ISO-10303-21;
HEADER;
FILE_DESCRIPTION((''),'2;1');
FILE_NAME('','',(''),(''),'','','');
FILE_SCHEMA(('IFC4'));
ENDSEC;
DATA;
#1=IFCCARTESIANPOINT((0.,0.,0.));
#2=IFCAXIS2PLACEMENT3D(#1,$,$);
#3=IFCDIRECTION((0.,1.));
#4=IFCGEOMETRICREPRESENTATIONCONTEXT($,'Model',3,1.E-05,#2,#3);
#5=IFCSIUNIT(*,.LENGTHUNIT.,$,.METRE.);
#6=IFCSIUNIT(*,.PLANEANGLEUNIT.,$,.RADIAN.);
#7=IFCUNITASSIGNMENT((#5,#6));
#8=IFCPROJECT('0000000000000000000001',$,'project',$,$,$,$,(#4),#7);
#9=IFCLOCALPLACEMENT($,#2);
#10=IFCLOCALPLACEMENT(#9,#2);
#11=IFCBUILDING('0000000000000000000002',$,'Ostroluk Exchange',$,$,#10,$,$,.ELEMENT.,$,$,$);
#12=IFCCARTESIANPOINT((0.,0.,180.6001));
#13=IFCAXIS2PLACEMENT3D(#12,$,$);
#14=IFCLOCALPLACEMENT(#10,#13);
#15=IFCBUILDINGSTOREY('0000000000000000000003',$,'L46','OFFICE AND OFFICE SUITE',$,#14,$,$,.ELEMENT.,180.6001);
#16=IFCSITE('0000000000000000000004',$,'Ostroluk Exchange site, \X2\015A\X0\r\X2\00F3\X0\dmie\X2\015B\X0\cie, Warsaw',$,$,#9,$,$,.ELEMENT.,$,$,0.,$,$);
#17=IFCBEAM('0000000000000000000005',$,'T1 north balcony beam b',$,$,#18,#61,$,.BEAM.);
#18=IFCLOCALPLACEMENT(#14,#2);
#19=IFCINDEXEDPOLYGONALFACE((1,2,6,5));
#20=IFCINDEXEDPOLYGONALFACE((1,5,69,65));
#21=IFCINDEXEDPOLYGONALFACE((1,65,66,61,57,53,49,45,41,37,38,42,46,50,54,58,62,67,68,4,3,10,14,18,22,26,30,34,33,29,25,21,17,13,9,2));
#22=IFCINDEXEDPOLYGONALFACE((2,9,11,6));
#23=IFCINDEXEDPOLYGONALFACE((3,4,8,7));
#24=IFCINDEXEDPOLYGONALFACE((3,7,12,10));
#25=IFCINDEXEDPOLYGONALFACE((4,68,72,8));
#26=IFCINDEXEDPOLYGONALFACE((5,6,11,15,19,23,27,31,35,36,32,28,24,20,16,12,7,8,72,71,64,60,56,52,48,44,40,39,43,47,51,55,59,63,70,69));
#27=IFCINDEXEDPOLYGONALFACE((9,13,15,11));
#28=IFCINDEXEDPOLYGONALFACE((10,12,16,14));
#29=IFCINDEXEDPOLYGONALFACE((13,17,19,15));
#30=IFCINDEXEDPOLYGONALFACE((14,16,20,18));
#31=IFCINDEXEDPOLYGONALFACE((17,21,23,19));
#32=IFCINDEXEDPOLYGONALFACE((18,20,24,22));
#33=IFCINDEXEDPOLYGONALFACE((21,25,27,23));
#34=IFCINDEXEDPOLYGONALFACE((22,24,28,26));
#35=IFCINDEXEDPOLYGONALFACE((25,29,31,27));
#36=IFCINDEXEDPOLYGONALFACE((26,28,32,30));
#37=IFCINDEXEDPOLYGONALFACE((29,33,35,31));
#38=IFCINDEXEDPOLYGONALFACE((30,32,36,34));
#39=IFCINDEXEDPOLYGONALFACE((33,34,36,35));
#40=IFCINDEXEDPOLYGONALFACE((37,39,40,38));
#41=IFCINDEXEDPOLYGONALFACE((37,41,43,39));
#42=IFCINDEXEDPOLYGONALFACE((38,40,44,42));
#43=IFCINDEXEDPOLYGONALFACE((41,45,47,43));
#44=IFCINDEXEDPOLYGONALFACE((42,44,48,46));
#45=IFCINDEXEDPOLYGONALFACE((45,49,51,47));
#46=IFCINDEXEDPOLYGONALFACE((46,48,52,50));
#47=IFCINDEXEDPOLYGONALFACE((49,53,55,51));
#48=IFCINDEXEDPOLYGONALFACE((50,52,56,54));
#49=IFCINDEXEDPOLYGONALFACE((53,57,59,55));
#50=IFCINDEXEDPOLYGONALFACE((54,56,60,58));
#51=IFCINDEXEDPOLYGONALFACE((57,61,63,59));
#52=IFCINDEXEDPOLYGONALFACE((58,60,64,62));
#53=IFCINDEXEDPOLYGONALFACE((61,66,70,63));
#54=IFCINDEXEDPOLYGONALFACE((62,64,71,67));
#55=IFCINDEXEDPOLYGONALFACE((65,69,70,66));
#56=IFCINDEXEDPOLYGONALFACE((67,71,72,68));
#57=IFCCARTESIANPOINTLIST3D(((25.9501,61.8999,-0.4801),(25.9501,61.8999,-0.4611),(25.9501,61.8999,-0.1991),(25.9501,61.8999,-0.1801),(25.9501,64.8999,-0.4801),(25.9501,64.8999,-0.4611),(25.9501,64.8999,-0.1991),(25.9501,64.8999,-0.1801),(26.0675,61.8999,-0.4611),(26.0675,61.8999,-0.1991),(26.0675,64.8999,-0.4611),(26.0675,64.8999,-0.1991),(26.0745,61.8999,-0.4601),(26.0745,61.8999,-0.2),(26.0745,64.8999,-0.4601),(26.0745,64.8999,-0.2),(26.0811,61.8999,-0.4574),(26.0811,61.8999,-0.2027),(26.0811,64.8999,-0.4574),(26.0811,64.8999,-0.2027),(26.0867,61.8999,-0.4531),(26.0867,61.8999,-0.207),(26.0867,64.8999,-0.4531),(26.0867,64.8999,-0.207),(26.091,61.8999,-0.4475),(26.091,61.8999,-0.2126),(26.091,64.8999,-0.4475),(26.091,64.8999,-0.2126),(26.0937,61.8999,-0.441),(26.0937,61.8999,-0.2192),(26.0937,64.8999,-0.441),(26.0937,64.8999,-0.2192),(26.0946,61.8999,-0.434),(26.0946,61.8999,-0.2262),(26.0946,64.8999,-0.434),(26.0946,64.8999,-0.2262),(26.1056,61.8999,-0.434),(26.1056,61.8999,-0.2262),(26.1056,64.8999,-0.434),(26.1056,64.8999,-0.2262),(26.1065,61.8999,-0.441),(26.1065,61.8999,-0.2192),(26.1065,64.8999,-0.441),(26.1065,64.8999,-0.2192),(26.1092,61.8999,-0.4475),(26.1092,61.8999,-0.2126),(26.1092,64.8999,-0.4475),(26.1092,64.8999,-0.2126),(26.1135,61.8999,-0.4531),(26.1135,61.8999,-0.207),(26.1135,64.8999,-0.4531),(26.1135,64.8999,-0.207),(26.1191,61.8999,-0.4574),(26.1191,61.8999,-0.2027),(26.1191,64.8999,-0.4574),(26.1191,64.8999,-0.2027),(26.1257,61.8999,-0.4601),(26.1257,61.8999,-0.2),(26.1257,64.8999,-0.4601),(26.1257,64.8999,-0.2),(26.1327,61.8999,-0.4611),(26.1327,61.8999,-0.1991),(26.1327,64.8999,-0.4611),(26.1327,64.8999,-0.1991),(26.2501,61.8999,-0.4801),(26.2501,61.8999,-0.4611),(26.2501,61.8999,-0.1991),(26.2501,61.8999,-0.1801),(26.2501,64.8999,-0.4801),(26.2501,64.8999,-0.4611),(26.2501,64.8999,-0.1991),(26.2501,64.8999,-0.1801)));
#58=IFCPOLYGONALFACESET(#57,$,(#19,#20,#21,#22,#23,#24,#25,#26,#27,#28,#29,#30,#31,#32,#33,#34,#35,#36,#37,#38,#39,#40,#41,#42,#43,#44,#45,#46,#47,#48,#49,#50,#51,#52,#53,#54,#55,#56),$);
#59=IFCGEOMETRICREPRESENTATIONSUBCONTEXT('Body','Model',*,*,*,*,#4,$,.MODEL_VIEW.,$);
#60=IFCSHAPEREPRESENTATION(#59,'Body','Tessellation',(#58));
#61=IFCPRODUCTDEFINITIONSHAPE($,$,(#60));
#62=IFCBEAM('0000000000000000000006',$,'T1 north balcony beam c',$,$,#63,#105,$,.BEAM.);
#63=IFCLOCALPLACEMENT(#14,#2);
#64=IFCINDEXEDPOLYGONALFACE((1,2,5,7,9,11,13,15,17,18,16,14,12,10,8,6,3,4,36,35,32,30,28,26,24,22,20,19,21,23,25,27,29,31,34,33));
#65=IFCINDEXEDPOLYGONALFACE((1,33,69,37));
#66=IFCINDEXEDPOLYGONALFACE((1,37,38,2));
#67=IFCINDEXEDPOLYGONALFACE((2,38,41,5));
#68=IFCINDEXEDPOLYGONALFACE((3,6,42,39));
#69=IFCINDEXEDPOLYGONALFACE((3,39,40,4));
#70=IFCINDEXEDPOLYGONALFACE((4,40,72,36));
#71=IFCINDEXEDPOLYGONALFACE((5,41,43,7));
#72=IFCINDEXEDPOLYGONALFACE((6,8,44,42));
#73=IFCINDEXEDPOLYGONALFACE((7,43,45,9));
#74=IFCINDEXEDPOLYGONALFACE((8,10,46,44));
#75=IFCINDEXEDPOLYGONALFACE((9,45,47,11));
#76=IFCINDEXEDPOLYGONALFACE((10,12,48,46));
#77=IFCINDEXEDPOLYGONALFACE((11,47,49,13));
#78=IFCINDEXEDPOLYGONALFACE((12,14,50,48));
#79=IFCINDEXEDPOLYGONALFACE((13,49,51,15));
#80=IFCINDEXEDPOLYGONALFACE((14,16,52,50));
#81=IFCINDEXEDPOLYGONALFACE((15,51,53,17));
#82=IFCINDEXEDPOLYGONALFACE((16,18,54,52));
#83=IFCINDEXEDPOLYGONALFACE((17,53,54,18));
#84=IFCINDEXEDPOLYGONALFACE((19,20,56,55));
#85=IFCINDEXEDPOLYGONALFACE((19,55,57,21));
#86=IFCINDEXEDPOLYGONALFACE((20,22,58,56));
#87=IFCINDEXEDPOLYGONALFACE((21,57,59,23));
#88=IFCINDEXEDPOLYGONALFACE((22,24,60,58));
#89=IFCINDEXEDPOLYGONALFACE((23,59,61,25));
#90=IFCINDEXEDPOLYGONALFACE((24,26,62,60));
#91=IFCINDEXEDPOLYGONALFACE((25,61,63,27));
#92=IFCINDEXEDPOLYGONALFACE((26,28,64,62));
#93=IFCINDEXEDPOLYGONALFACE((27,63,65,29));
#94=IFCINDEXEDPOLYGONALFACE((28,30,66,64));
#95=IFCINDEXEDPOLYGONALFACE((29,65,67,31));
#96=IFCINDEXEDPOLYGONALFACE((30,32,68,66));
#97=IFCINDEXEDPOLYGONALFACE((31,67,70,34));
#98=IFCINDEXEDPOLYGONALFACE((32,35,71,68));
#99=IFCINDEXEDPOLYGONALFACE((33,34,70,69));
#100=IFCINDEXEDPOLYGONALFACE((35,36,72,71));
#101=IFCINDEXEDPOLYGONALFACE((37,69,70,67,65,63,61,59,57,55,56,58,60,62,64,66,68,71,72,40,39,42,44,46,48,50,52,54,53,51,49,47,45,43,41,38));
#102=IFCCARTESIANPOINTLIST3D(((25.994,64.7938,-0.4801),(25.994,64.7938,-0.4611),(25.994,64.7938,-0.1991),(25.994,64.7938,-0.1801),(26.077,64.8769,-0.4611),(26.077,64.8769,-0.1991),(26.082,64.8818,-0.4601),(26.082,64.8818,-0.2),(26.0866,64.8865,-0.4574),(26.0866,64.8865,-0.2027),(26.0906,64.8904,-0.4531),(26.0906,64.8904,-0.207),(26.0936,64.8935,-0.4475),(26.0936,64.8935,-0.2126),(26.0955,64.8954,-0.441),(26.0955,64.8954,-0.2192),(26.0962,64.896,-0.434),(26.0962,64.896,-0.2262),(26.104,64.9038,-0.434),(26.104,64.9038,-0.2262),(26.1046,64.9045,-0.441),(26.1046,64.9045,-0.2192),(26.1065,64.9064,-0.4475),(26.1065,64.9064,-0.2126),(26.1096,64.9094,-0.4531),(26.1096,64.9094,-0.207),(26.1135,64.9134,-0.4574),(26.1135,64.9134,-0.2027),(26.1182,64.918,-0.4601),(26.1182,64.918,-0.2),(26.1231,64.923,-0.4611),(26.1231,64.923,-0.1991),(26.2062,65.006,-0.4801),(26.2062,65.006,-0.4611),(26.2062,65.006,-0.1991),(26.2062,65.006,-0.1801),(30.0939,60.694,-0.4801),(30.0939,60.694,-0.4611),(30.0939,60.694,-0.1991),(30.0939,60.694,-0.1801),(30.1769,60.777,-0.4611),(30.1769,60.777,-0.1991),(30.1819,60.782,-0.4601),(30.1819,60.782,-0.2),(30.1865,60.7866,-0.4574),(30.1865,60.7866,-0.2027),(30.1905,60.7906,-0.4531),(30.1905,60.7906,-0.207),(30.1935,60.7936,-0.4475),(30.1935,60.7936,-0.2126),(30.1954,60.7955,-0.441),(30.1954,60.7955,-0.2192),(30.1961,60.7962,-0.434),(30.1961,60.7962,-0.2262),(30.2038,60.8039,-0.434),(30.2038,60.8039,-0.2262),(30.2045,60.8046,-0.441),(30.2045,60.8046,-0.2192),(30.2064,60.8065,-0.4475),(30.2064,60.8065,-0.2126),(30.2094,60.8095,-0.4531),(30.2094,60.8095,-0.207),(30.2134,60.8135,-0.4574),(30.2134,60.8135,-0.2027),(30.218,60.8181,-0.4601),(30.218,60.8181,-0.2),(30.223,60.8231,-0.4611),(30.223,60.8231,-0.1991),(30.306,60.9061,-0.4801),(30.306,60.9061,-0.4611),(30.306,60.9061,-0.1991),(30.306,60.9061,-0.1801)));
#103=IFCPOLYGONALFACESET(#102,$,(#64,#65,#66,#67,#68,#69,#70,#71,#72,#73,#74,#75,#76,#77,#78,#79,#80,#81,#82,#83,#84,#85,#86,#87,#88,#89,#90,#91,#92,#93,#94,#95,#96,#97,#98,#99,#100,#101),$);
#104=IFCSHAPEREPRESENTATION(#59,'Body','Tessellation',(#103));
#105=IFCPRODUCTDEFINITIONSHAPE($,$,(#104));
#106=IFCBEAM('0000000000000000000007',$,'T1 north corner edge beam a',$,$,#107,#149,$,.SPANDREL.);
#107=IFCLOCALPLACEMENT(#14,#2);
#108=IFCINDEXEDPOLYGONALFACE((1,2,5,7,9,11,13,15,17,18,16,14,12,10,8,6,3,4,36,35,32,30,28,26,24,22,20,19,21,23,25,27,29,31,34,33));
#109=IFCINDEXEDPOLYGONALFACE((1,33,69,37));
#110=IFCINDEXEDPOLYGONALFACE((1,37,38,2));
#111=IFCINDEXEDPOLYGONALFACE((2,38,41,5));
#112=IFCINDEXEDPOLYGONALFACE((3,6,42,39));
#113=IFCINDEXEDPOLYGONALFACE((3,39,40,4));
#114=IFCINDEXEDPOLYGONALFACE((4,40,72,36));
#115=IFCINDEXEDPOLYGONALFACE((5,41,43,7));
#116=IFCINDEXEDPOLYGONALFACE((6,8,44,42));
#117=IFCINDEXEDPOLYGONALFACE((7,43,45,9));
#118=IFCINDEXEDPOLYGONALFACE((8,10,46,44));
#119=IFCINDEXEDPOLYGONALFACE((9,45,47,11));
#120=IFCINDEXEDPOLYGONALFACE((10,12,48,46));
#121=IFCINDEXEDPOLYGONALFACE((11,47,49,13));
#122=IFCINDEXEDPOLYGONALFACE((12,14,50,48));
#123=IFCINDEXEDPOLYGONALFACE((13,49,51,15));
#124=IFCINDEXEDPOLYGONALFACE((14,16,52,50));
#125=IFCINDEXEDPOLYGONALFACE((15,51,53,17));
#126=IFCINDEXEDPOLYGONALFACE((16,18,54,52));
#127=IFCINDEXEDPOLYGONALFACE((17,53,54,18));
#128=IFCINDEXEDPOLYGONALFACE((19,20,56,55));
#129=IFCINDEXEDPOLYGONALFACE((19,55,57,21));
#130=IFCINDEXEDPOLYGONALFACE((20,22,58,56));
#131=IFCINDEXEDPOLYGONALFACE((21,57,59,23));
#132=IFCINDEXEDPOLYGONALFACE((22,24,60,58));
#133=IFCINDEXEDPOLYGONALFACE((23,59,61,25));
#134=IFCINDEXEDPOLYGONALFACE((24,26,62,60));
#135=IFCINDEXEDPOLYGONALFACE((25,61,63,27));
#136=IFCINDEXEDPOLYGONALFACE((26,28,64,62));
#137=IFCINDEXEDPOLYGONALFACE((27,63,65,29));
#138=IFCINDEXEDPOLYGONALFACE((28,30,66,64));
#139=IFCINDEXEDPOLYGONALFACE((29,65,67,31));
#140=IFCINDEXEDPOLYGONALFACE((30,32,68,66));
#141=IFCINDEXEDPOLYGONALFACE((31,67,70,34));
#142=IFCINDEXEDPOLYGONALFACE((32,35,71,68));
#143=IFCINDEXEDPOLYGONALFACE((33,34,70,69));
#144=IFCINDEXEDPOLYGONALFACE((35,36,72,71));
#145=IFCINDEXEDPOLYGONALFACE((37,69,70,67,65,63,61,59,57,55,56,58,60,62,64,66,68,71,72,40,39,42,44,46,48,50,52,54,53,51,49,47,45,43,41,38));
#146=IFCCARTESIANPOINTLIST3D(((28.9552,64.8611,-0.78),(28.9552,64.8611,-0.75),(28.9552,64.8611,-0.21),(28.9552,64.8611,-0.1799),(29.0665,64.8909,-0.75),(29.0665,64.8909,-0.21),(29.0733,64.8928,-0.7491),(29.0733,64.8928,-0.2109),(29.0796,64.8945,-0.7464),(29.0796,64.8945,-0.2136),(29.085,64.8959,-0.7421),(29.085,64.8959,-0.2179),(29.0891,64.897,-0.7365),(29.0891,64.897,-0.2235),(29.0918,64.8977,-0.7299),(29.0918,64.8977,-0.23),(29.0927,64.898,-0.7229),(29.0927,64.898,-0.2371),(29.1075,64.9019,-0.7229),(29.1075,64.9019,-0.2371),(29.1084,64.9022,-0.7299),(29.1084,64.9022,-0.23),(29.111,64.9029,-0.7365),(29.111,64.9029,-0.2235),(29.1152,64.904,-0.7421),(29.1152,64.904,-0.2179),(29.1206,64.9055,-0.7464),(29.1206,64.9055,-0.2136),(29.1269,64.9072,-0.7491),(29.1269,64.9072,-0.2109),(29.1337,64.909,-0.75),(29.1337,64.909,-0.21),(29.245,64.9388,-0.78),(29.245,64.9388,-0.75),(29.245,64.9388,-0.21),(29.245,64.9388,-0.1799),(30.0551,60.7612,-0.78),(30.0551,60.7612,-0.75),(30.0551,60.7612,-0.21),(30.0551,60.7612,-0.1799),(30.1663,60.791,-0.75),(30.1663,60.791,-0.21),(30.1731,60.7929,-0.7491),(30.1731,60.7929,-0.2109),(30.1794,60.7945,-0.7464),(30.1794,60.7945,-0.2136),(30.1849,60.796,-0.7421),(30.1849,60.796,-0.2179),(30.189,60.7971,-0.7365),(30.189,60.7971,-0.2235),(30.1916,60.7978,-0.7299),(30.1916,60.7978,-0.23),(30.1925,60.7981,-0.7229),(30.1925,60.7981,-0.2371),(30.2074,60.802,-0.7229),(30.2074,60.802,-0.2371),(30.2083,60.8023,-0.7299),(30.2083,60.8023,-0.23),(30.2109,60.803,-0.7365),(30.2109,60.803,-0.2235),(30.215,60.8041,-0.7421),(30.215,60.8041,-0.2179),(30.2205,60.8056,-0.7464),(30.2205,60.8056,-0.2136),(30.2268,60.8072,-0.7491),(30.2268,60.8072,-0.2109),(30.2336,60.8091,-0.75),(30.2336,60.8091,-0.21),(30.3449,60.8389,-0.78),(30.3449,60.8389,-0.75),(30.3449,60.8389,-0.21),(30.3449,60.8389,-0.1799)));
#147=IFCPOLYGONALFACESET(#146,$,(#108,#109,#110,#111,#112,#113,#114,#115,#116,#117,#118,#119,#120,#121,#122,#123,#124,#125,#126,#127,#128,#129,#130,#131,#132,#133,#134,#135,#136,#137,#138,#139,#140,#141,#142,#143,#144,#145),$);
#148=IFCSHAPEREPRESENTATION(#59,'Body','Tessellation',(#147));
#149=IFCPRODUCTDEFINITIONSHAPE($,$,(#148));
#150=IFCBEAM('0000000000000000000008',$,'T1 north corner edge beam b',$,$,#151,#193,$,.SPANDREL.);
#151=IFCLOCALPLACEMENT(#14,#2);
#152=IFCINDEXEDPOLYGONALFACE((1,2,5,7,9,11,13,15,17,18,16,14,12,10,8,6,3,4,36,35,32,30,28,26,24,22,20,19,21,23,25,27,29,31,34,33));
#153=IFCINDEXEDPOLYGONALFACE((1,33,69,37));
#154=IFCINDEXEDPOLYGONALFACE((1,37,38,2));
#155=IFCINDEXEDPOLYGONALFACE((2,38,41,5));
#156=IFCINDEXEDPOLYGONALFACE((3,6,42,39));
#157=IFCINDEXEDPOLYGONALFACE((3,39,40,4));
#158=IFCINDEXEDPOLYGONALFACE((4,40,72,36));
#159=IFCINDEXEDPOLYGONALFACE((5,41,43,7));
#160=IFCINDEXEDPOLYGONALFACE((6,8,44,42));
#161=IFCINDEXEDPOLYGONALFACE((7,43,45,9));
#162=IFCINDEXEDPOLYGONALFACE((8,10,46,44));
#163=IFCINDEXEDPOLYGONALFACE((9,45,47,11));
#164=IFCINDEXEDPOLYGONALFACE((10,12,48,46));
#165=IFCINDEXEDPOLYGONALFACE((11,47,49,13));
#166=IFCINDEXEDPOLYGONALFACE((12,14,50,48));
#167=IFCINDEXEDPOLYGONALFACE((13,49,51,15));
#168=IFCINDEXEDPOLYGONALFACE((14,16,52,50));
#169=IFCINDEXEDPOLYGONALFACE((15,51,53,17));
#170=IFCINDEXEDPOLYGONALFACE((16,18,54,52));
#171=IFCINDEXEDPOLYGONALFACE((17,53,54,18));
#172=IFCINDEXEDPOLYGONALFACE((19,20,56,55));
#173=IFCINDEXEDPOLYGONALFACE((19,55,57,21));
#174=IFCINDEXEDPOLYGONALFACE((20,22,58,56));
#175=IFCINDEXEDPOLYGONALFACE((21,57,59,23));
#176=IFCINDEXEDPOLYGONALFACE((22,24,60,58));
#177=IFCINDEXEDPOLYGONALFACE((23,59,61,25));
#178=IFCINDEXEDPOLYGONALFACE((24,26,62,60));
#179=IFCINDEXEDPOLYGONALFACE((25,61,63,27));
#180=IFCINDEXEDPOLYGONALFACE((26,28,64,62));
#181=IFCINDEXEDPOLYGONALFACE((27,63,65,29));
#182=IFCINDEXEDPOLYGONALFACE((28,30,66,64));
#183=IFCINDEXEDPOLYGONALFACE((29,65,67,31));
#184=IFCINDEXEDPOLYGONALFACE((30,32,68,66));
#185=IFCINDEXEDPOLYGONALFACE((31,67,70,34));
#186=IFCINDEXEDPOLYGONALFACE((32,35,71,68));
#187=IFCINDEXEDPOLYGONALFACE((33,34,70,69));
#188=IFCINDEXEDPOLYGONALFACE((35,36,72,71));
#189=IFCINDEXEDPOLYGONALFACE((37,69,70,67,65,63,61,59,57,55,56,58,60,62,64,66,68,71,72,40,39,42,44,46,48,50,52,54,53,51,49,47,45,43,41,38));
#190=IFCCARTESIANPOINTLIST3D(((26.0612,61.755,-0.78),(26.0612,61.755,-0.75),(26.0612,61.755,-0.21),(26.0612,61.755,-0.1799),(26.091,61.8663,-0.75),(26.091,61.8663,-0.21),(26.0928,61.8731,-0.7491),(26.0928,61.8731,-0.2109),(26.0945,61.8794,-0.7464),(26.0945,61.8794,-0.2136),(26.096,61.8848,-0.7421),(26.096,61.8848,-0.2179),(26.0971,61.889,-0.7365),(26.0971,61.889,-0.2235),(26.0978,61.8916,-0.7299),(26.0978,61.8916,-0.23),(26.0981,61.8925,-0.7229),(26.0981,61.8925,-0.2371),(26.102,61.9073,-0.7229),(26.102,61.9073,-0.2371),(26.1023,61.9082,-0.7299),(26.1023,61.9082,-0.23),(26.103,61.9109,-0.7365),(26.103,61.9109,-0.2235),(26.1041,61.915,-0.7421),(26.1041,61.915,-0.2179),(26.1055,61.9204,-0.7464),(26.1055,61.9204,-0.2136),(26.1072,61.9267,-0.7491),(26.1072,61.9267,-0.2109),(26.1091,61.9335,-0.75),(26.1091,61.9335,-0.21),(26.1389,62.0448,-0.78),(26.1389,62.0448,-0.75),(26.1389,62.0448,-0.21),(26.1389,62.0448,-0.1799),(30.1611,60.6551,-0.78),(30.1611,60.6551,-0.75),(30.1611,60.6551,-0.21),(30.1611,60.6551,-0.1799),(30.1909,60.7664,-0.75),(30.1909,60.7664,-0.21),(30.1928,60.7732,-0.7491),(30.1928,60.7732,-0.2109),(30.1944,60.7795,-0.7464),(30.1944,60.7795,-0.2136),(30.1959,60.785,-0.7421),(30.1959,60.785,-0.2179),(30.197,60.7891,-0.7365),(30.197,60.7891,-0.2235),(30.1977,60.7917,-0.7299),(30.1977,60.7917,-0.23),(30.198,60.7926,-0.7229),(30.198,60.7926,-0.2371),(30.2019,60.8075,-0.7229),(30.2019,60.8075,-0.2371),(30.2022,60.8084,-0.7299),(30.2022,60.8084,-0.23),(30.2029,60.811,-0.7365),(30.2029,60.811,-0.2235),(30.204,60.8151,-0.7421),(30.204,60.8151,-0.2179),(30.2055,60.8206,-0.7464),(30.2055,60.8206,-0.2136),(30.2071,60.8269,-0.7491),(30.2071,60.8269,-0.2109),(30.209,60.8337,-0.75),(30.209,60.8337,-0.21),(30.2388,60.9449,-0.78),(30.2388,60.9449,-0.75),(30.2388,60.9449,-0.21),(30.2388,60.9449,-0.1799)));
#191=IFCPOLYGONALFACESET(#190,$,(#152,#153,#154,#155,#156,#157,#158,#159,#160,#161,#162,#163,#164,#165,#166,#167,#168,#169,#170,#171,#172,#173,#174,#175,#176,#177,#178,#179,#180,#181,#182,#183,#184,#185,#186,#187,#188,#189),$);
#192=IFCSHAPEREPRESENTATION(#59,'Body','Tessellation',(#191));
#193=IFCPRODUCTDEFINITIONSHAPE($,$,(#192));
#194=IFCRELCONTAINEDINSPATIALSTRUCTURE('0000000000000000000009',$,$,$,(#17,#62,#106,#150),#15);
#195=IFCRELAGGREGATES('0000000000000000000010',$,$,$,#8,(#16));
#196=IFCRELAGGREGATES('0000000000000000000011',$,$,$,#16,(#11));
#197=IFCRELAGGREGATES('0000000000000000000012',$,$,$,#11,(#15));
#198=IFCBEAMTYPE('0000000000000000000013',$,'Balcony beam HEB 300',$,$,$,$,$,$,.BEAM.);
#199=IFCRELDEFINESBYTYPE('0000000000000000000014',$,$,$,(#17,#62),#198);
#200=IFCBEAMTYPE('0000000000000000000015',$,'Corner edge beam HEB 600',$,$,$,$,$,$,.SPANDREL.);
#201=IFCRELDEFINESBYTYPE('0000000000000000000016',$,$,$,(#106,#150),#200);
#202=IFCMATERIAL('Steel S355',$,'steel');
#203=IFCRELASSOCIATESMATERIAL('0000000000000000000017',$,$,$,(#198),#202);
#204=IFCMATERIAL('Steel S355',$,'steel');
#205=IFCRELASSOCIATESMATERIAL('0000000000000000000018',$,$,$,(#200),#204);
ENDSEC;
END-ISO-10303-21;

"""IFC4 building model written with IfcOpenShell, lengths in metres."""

from ifc_helpers import new_model, si_unit, direction, frame, origin, origin_2d, place, context, subcontext, project, spatial, i_section, extrude, material, material_profile, profile_set, type_object, element, save


model = new_model("IFC4")

# Units and contexts
model_context = context("Model", 3, precision=1e-05, world=origin(), true_north=direction((0.0, 1.0)))
body_context = subcontext(model_context, "Body", "Model", "MODEL_VIEW")
ifc_project = project(units=[si_unit("LENGTHUNIT", "METRE"), si_unit("PLANEANGLEUNIT", "RADIAN")], contexts=[model_context])

# Site, building, storey
site_placement = place(None, origin())
site = spatial("IfcSite", under=ifc_project, at=site_placement, Name="Ostroluk Exchange site, Śródmieście, Warsaw", CompositionType="ELEMENT", RefElevation=0.0)
building_placement = place(site_placement, origin())
building = spatial("IfcBuilding", under=site, at=building_placement, Name="Ostroluk Exchange", CompositionType="ELEMENT")
storey_placement = place(building_placement, frame((0.0, 0.0, 180.6001)))
storey = spatial("IfcBuildingStorey", under=building, at=storey_placement, Name="L46", Description="OFFICE AND OFFICE SUITE", CompositionType="ELEMENT", Elevation=180.6001)

# Beams
ifc_material_1 = material(Name="Steel S355", Category="steel")
ifc_material_profile_1 = material_profile(ifc_material_1, i_section(OverallWidth=0.3, OverallDepth=0.3, WebThickness=0.011, FlangeThickness=0.019, FilletRadius=0.0271, at=origin_2d()), Name="HEB 300")
ifc_profile_set_1 = profile_set([ifc_material_profile_1], Name="Steel S355")
beam_type_1 = type_object("IfcBeamType", Name="Balcony beam HEB 300", PredefinedType="BEAM", material=ifc_profile_set_1)
for number, where, z_axis, x_axis, name in (
    (1, (26.1001, 61.8999, -0.3301), (0.0, 1.0, 0.0), (-1.0, 0.0, 0.0), "T1 north balcony beam b"),
):
    element("IfcBeam", number, at=place(storey_placement, frame(where, z_axis=z_axis, x_axis=x_axis)), inside=storey, type_object=beam_type_1, Name=name, PredefinedType="BEAM", context=body_context, shape_type="SweptSolid", body=[
        extrude(i_section(OverallWidth=0.3, OverallDepth=0.3, WebThickness=0.011, FlangeThickness=0.019, FilletRadius=0.0271, at=origin_2d()), origin(), (0.0, 0.0, 1.0), 3.0),
    ])
beam_1_placement = place(storey_placement, frame((30.2, 60.8, -0.3301), z_axis=(-0.707107, 0.707107, 0.0), x_axis=(-0.707107, -0.707107, 0.0)))
element("IfcBeam", 2, at=beam_1_placement, inside=storey, type_object=beam_type_1, Name="T1 north balcony beam c", PredefinedType="BEAM", context=body_context, shape_type="SweptSolid", body=[
    extrude(i_section(OverallWidth=0.3, OverallDepth=0.3, WebThickness=0.011, FlangeThickness=0.019, FilletRadius=0.0271, at=origin_2d()), origin(), (0.0, 0.0, 1.0), 5.7981),
])
ifc_material_2 = material(Name="Steel S355", Category="steel")
ifc_material_profile_2 = material_profile(ifc_material_2, i_section(OverallWidth=0.3, OverallDepth=0.6001, WebThickness=0.0154, FlangeThickness=0.03, FilletRadius=0.0271, at=origin_2d()), Name="HEB 600")
ifc_profile_set_2 = profile_set([ifc_material_profile_2], Name="Steel S355")
beam_type_2 = type_object("IfcBeamType", Name="Corner edge beam HEB 600", PredefinedType="SPANDREL", material=ifc_profile_set_2)
for number, where, z_axis, x_axis, name in (
    (3, (30.2, 60.8, -0.48), (-0.259105, 0.965849, 0.0), (-0.965849, -0.259105, 0.0), "T1 north corner edge beam a"),
    (4, (30.2, 60.8, -0.48), (-0.965849, 0.259105, 0.0), (-0.259105, -0.965849, 0.0), "T1 north corner edge beam b"),
):
    element("IfcBeam", number, at=place(storey_placement, frame(where, z_axis=z_axis, x_axis=x_axis)), inside=storey, type_object=beam_type_2, Name=name, PredefinedType="SPANDREL", context=body_context, shape_type="SweptSolid", body=[
        extrude(i_section(OverallWidth=0.3, OverallDepth=0.6001, WebThickness=0.0154, FlangeThickness=0.03, FilletRadius=0.0271, at=origin_2d()), origin(), (0.0, 0.0, 1.0), 4.2449),
    ])

save(model, "model.ifc")
